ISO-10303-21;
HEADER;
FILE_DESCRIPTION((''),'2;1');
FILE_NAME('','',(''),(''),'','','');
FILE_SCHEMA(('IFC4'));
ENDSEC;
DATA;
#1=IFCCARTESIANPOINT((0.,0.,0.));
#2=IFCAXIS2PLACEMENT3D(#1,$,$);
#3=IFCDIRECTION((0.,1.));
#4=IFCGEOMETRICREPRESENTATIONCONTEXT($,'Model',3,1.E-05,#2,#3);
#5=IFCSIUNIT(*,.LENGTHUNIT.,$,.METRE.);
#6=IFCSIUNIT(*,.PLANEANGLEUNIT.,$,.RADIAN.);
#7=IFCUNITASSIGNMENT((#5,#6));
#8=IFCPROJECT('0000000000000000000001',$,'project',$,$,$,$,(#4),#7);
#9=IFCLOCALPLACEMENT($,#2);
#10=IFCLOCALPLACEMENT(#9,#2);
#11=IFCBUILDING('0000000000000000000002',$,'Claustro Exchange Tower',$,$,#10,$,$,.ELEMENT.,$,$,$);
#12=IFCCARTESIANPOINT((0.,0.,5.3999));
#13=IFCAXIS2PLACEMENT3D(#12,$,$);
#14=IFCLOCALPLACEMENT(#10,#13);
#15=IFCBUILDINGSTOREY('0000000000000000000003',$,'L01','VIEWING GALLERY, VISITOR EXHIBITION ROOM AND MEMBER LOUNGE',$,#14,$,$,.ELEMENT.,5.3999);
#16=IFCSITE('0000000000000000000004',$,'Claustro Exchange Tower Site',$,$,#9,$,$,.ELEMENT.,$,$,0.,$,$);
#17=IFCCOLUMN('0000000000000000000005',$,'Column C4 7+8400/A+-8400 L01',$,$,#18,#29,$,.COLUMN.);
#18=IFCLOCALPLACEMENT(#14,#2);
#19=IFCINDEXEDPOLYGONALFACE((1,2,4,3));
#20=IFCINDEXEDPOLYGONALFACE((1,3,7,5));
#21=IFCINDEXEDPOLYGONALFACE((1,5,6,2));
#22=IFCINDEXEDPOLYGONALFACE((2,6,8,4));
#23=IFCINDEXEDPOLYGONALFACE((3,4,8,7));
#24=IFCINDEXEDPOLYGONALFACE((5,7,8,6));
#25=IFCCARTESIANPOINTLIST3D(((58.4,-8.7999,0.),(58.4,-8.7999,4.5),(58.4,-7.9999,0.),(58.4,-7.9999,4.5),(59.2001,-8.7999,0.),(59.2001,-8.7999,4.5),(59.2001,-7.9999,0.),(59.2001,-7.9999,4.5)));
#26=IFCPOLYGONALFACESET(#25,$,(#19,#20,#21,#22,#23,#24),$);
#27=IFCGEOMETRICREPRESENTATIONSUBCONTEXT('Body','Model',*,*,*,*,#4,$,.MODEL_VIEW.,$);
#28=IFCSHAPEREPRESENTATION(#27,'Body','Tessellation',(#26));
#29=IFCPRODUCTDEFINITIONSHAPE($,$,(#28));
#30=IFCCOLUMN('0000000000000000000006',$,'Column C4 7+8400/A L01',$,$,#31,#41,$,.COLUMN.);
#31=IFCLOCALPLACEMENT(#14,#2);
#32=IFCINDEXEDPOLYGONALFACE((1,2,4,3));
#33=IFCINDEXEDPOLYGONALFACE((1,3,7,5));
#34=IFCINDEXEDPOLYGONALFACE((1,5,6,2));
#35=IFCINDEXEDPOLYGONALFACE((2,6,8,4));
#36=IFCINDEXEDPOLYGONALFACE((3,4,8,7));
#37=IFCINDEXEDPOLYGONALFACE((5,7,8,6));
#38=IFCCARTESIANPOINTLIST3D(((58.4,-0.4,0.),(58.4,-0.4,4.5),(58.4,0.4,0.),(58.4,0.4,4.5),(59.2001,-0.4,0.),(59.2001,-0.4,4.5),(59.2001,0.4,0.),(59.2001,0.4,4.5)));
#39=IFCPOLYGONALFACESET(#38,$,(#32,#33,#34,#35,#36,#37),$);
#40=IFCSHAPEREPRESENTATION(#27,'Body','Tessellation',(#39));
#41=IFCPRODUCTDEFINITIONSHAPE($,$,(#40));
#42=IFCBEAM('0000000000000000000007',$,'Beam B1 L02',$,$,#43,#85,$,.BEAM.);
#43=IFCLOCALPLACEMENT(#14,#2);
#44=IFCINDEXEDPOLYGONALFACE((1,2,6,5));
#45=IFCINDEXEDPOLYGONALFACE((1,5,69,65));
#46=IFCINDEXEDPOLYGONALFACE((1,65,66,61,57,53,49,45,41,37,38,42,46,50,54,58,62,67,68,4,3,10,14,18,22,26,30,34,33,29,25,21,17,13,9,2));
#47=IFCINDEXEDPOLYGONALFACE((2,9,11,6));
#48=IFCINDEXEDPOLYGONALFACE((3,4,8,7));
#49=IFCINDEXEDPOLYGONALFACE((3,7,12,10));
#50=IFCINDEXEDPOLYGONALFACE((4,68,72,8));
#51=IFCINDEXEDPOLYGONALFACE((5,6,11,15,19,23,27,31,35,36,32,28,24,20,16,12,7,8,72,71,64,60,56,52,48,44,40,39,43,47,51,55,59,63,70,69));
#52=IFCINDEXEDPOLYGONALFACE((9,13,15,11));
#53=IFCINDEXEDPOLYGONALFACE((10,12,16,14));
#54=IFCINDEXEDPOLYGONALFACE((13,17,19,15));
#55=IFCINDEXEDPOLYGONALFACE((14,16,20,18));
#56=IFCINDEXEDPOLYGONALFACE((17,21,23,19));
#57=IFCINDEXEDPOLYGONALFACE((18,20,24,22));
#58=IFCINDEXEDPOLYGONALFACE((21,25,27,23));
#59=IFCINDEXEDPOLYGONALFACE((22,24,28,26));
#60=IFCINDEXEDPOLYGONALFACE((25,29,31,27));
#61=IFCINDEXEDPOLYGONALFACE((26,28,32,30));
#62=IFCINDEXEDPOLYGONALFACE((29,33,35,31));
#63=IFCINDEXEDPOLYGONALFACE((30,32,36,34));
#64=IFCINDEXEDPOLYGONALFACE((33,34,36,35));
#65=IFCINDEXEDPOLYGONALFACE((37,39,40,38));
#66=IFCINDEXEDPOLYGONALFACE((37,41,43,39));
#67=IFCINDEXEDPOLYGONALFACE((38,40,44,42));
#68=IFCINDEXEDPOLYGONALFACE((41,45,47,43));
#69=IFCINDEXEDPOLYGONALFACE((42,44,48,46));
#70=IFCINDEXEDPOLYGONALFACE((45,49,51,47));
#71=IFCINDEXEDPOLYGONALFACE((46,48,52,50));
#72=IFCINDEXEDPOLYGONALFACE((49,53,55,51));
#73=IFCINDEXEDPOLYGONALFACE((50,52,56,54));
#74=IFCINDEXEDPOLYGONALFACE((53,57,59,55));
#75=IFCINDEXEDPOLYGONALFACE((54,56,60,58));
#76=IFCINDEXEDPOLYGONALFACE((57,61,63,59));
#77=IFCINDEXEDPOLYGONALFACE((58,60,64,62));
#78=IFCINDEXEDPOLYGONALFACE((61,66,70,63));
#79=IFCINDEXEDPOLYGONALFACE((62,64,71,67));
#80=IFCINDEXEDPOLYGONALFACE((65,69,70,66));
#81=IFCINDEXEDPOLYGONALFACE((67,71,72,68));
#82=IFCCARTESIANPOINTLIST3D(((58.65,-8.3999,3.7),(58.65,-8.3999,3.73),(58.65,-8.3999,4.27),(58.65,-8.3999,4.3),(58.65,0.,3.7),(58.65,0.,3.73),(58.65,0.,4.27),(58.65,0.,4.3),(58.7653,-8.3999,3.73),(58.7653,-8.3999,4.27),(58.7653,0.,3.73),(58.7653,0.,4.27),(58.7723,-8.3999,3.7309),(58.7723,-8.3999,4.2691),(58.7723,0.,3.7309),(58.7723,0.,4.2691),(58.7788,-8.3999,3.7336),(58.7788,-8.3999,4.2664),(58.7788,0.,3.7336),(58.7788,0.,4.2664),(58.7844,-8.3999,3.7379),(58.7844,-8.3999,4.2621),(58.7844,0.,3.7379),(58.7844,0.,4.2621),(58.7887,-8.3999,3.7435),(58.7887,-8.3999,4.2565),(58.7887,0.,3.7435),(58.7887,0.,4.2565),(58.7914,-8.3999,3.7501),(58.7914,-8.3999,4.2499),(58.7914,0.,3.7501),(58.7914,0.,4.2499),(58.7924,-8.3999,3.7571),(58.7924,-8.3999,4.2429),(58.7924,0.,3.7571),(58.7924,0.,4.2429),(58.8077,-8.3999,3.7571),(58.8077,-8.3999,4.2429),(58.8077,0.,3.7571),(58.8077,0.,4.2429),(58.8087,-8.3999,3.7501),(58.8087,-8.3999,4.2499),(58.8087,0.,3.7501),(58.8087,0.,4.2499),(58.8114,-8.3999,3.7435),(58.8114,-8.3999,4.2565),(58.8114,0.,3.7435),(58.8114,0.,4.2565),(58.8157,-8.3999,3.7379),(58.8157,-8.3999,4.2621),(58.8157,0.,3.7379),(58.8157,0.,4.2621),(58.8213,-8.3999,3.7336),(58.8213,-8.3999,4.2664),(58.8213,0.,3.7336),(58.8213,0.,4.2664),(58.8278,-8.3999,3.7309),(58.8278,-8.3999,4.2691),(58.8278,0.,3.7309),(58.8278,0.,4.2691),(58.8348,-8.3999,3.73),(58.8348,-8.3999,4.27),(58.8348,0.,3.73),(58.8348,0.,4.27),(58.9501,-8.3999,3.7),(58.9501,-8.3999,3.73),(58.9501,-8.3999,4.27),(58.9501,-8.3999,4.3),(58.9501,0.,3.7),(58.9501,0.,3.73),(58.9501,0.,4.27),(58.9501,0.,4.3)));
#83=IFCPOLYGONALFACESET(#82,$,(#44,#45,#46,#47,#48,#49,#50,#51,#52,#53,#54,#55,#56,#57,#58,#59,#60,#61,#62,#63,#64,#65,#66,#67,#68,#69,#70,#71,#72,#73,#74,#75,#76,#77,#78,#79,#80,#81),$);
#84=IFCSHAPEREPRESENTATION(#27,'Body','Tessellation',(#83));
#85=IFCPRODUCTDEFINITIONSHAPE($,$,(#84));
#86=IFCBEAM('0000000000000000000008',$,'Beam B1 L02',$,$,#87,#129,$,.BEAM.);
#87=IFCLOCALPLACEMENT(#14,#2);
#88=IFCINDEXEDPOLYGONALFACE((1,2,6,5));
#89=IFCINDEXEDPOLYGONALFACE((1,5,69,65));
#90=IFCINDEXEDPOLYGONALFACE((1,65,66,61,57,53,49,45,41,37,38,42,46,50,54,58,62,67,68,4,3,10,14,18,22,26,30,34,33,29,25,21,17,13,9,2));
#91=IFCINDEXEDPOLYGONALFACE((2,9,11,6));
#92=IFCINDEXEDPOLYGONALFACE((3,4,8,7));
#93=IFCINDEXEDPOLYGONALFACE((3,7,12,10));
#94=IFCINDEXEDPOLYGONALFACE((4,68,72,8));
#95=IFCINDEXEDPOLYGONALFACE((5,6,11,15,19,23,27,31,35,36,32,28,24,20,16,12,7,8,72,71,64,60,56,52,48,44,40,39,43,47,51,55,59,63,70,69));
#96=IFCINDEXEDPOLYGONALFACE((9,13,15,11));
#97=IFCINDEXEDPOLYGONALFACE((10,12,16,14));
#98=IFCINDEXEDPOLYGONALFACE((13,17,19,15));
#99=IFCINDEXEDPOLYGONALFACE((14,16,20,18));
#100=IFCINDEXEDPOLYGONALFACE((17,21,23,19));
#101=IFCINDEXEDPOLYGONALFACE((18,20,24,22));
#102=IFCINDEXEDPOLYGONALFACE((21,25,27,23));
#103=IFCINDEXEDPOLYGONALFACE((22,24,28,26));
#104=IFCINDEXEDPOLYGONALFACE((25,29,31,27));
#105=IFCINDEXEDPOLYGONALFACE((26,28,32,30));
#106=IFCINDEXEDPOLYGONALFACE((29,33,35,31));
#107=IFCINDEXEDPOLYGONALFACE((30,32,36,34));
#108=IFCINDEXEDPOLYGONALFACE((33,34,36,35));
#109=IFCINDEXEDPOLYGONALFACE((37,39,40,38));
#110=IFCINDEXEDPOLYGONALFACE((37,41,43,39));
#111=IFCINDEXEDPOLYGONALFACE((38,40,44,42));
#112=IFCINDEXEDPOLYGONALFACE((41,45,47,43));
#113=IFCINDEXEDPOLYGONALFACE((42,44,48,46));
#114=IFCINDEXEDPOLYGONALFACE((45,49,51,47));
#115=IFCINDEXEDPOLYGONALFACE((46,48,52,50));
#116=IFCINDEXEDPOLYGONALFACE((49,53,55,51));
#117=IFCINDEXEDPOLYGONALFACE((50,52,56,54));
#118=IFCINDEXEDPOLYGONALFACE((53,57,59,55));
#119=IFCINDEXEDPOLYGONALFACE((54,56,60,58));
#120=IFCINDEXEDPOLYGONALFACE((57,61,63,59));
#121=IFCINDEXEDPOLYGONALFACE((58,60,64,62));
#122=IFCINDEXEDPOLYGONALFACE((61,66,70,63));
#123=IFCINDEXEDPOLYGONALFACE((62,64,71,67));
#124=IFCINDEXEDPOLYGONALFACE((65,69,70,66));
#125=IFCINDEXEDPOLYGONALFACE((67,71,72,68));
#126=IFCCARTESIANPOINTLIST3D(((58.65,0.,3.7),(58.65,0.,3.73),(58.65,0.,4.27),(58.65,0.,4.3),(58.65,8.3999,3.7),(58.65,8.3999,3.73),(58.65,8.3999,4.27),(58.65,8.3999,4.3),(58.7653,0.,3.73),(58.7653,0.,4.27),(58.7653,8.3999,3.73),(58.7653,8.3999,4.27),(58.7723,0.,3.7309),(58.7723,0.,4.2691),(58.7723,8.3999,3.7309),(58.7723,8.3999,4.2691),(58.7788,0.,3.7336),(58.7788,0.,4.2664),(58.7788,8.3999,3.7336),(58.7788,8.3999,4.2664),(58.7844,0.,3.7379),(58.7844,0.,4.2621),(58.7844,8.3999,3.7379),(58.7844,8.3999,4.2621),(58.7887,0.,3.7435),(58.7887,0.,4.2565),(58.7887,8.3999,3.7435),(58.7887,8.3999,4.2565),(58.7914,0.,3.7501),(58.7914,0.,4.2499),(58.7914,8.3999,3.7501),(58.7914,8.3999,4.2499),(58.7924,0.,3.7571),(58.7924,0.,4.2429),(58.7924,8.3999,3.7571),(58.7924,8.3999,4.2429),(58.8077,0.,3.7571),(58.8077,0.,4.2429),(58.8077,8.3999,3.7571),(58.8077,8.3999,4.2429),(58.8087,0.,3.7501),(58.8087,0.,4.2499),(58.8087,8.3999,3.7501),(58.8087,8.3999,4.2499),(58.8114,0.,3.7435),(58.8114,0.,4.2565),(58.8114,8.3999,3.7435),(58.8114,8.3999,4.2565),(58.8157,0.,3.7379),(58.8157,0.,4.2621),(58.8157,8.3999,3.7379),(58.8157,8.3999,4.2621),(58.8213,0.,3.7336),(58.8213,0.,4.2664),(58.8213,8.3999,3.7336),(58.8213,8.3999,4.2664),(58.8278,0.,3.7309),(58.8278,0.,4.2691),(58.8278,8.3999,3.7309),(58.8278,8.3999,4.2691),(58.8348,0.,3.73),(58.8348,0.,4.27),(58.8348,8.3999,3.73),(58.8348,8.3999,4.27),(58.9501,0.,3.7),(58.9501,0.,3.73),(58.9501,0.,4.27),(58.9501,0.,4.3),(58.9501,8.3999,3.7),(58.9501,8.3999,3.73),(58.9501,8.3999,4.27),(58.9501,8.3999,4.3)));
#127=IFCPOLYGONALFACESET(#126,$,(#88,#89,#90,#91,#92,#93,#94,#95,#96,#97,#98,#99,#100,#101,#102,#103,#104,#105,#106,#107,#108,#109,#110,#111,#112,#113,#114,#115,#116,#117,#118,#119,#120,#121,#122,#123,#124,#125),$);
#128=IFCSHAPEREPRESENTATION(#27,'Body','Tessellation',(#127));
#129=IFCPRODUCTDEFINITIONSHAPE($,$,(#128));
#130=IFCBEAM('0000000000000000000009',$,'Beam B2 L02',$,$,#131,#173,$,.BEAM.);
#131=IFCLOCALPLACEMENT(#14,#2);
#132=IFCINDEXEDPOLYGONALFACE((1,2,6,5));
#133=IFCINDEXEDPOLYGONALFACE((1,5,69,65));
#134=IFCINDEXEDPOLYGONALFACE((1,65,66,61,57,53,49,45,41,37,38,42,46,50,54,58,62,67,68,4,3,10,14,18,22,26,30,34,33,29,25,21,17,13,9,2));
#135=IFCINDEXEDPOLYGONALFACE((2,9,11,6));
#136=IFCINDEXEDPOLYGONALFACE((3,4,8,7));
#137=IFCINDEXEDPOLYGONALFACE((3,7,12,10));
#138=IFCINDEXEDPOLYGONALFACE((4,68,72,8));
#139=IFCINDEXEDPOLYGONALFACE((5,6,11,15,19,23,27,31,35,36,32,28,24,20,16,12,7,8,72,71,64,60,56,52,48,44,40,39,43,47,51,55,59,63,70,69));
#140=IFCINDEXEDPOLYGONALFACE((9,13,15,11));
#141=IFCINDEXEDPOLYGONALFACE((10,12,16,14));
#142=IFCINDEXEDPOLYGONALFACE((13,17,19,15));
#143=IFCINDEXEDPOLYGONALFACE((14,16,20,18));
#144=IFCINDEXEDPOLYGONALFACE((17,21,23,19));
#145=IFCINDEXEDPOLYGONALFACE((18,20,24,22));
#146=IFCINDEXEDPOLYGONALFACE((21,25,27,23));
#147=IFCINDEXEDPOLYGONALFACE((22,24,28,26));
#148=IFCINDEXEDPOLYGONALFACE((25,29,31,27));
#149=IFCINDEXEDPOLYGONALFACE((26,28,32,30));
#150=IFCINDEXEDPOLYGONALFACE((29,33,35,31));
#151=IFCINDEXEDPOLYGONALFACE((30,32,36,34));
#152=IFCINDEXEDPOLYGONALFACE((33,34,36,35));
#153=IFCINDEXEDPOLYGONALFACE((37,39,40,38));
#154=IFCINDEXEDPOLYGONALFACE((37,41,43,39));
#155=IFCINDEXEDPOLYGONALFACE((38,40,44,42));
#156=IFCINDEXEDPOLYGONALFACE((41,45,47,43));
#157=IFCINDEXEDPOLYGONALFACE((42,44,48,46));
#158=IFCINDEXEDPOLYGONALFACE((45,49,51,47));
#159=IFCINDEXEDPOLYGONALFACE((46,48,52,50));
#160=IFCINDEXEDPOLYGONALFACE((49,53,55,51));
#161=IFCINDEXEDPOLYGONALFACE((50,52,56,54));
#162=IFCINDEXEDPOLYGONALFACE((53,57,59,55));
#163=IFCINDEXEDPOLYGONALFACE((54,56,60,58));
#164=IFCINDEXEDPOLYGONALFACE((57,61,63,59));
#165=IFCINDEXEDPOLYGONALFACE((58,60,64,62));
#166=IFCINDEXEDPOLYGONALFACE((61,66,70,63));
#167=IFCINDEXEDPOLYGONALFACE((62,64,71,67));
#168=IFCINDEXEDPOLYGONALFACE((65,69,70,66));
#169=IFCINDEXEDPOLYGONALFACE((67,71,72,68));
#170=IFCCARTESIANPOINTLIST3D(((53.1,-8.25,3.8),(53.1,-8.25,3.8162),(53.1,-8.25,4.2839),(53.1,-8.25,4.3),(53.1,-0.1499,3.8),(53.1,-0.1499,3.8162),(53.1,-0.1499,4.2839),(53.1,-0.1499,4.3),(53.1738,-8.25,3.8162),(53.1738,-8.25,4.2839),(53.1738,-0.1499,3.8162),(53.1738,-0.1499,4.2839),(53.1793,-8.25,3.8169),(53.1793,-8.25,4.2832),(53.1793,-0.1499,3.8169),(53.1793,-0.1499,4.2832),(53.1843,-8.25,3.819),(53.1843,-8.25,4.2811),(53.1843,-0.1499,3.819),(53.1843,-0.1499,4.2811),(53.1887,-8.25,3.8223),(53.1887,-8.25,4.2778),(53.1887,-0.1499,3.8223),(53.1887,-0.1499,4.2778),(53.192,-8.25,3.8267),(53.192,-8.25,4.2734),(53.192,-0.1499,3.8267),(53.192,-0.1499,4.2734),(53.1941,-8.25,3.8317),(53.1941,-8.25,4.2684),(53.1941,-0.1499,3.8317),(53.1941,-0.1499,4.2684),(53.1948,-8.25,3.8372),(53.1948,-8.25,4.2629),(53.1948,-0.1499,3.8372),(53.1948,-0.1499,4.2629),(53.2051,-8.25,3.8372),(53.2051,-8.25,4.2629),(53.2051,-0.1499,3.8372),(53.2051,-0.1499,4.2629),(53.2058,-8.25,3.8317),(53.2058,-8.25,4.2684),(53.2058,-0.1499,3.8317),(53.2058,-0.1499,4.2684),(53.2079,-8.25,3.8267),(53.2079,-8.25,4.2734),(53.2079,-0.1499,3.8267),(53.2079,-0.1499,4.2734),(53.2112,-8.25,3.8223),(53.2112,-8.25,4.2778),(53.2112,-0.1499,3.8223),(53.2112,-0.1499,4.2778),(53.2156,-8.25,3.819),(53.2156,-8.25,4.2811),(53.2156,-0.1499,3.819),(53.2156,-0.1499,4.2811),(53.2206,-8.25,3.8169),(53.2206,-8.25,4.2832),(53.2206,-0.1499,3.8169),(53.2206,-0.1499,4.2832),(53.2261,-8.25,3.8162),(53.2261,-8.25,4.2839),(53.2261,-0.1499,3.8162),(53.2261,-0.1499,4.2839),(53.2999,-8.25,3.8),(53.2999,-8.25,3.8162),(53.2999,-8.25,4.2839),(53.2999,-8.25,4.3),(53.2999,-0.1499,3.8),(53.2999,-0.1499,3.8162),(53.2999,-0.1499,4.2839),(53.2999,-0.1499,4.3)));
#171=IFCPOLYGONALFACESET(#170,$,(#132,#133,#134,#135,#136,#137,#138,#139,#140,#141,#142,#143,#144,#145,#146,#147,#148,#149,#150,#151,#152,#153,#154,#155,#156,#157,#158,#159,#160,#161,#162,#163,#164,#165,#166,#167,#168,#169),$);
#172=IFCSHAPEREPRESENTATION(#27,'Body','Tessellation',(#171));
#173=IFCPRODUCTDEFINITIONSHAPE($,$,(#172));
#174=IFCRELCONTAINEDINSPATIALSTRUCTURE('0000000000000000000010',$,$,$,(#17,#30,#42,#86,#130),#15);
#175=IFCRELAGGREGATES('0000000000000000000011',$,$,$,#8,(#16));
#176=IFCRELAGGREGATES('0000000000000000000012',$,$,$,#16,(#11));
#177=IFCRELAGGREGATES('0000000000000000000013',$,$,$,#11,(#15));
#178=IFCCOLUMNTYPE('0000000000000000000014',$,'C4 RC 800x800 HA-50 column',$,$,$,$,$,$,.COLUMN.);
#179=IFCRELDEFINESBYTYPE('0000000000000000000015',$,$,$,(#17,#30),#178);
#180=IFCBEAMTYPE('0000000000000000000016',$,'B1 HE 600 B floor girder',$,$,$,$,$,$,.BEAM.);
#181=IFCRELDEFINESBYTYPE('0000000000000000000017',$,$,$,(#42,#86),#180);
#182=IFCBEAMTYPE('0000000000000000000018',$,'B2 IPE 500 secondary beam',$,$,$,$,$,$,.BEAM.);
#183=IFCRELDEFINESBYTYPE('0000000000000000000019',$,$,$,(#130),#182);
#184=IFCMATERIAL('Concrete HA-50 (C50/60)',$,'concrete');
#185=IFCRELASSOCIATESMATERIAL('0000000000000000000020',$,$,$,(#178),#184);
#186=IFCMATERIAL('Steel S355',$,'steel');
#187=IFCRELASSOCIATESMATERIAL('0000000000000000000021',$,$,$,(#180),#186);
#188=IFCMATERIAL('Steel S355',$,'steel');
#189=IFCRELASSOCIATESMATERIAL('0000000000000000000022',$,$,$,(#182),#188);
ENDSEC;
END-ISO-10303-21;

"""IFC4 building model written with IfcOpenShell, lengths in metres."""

from ifc_helpers import new_model, si_unit, direction, frame, origin, origin_2d, place, context, subcontext, project, spatial, rectangle, i_section, extrude, material, material_profile, profile_set, type_object, element, save


model = new_model("IFC4")

# Units and contexts
model_context = context("Model", 3, precision=1e-05, world=origin(), true_north=direction((0.0, 1.0)))
body_context = subcontext(model_context, "Body", "Model", "MODEL_VIEW")
ifc_project = project(units=[si_unit("LENGTHUNIT", "METRE"), si_unit("PLANEANGLEUNIT", "RADIAN")], contexts=[model_context])

# Site, building, storey
site_placement = place(None, origin())
site = spatial("IfcSite", under=ifc_project, at=site_placement, Name="Claustro Exchange Tower Site", CompositionType="ELEMENT", RefElevation=0.0)
building_placement = place(site_placement, origin())
building = spatial("IfcBuilding", under=site, at=building_placement, Name="Claustro Exchange Tower", CompositionType="ELEMENT")
storey_placement = place(building_placement, frame((0.0, 0.0, 5.3999)))
storey = spatial("IfcBuildingStorey", under=building, at=storey_placement, Name="L01", Description="VIEWING GALLERY, VISITOR EXHIBITION ROOM AND MEMBER LOUNGE", CompositionType="ELEMENT", Elevation=5.3999)

# Columns
ifc_material_1 = material(Name="Concrete HA-50 (C50/60)", Category="concrete")
ifc_material_profile_1 = material_profile(ifc_material_1, rectangle(XDim=0.8, YDim=0.8, at=origin_2d()), Name="RC 800x800")
ifc_profile_set_1 = profile_set([ifc_material_profile_1], Name="Concrete HA-50 (C50/60)")
column_type = type_object("IfcColumnType", Name="C4 RC 800x800 HA-50 column", PredefinedType="COLUMN", material=ifc_profile_set_1)
for number, where, z_axis, x_axis, name in (
    (1, (58.8, -8.3999, 0.0), (0.0, 0.0, 1.0), (1.0, 0.0, 0.0), "Column C4 7+8400/A+-8400 L01"),
    (2, (58.8, 0.0, 0.0), (0.0, 0.0, 1.0), (1.0, 0.0, 0.0), "Column C4 7+8400/A L01"),
):
    element("IfcColumn", number, at=place(storey_placement, frame(where, z_axis=z_axis, x_axis=x_axis)), inside=storey, type_object=column_type, Name=name, PredefinedType="COLUMN", context=body_context, shape_type="SweptSolid", body=[
        extrude(rectangle(XDim=0.8, YDim=0.8, at=origin_2d()), origin(), (0.0, 0.0, 1.0), 4.5),
    ])

# Beams
ifc_material_2 = material(Name="Steel S355", Category="steel")
ifc_material_profile_2 = material_profile(ifc_material_2, i_section(OverallWidth=0.3, OverallDepth=0.6001, WebThickness=0.0154, FlangeThickness=0.03, FilletRadius=0.0271, at=origin_2d()), Name="HE 600 B")
ifc_profile_set_2 = profile_set([ifc_material_profile_2], Name="Steel S355")
beam_type_1 = type_object("IfcBeamType", Name="B1 HE 600 B floor girder", PredefinedType="BEAM", material=ifc_profile_set_2)
for number, where, z_axis, x_axis, name in (
    (3, (58.8, -8.3999, 4.0), (0.0, 1.0, 0.0), (-1.0, 0.0, 0.0), "Beam B1 L02"),
    (4, (58.8, 0.0, 4.0), (0.0, 1.0, 0.0), (-1.0, 0.0, 0.0), "Beam B1 L02"),
):
    element("IfcBeam", number, at=place(storey_placement, frame(where, z_axis=z_axis, x_axis=x_axis)), inside=storey, type_object=beam_type_1, Name=name, PredefinedType="BEAM", context=body_context, shape_type="SweptSolid", body=[
        extrude(i_section(OverallWidth=0.3, OverallDepth=0.6001, WebThickness=0.0154, FlangeThickness=0.03, FilletRadius=0.0271, at=origin_2d()), origin(), (0.0, 0.0, 1.0), 8.3999),
    ])
ifc_material_3 = material(Name="Steel S355", Category="steel")
ifc_material_profile_3 = material_profile(ifc_material_3, i_section(OverallWidth=0.2, OverallDepth=0.5, WebThickness=0.0103, FlangeThickness=0.0161, FilletRadius=0.021, at=origin_2d()), Name="IPE 500")
ifc_profile_set_3 = profile_set([ifc_material_profile_3], Name="Steel S355")
beam_type_2 = type_object("IfcBeamType", Name="B2 IPE 500 secondary beam", PredefinedType="BEAM", material=ifc_profile_set_3)
for number, where, z_axis, x_axis, name in (
    (5, (53.2, -8.25, 4.05), (0.0, 1.0, 0.0), (-1.0, 0.0, 0.0), "Beam B2 L02"),
):
    element("IfcBeam", number, at=place(storey_placement, frame(where, z_axis=z_axis, x_axis=x_axis)), inside=storey, type_object=beam_type_2, Name=name, PredefinedType="BEAM", context=body_context, shape_type="SweptSolid", body=[
        extrude(i_section(OverallWidth=0.2, OverallDepth=0.5, WebThickness=0.0103, FlangeThickness=0.0161, FilletRadius=0.021, at=origin_2d()), origin(), (0.0, 0.0, 1.0), 8.1001),
    ])

save(model, "model.ifc")
